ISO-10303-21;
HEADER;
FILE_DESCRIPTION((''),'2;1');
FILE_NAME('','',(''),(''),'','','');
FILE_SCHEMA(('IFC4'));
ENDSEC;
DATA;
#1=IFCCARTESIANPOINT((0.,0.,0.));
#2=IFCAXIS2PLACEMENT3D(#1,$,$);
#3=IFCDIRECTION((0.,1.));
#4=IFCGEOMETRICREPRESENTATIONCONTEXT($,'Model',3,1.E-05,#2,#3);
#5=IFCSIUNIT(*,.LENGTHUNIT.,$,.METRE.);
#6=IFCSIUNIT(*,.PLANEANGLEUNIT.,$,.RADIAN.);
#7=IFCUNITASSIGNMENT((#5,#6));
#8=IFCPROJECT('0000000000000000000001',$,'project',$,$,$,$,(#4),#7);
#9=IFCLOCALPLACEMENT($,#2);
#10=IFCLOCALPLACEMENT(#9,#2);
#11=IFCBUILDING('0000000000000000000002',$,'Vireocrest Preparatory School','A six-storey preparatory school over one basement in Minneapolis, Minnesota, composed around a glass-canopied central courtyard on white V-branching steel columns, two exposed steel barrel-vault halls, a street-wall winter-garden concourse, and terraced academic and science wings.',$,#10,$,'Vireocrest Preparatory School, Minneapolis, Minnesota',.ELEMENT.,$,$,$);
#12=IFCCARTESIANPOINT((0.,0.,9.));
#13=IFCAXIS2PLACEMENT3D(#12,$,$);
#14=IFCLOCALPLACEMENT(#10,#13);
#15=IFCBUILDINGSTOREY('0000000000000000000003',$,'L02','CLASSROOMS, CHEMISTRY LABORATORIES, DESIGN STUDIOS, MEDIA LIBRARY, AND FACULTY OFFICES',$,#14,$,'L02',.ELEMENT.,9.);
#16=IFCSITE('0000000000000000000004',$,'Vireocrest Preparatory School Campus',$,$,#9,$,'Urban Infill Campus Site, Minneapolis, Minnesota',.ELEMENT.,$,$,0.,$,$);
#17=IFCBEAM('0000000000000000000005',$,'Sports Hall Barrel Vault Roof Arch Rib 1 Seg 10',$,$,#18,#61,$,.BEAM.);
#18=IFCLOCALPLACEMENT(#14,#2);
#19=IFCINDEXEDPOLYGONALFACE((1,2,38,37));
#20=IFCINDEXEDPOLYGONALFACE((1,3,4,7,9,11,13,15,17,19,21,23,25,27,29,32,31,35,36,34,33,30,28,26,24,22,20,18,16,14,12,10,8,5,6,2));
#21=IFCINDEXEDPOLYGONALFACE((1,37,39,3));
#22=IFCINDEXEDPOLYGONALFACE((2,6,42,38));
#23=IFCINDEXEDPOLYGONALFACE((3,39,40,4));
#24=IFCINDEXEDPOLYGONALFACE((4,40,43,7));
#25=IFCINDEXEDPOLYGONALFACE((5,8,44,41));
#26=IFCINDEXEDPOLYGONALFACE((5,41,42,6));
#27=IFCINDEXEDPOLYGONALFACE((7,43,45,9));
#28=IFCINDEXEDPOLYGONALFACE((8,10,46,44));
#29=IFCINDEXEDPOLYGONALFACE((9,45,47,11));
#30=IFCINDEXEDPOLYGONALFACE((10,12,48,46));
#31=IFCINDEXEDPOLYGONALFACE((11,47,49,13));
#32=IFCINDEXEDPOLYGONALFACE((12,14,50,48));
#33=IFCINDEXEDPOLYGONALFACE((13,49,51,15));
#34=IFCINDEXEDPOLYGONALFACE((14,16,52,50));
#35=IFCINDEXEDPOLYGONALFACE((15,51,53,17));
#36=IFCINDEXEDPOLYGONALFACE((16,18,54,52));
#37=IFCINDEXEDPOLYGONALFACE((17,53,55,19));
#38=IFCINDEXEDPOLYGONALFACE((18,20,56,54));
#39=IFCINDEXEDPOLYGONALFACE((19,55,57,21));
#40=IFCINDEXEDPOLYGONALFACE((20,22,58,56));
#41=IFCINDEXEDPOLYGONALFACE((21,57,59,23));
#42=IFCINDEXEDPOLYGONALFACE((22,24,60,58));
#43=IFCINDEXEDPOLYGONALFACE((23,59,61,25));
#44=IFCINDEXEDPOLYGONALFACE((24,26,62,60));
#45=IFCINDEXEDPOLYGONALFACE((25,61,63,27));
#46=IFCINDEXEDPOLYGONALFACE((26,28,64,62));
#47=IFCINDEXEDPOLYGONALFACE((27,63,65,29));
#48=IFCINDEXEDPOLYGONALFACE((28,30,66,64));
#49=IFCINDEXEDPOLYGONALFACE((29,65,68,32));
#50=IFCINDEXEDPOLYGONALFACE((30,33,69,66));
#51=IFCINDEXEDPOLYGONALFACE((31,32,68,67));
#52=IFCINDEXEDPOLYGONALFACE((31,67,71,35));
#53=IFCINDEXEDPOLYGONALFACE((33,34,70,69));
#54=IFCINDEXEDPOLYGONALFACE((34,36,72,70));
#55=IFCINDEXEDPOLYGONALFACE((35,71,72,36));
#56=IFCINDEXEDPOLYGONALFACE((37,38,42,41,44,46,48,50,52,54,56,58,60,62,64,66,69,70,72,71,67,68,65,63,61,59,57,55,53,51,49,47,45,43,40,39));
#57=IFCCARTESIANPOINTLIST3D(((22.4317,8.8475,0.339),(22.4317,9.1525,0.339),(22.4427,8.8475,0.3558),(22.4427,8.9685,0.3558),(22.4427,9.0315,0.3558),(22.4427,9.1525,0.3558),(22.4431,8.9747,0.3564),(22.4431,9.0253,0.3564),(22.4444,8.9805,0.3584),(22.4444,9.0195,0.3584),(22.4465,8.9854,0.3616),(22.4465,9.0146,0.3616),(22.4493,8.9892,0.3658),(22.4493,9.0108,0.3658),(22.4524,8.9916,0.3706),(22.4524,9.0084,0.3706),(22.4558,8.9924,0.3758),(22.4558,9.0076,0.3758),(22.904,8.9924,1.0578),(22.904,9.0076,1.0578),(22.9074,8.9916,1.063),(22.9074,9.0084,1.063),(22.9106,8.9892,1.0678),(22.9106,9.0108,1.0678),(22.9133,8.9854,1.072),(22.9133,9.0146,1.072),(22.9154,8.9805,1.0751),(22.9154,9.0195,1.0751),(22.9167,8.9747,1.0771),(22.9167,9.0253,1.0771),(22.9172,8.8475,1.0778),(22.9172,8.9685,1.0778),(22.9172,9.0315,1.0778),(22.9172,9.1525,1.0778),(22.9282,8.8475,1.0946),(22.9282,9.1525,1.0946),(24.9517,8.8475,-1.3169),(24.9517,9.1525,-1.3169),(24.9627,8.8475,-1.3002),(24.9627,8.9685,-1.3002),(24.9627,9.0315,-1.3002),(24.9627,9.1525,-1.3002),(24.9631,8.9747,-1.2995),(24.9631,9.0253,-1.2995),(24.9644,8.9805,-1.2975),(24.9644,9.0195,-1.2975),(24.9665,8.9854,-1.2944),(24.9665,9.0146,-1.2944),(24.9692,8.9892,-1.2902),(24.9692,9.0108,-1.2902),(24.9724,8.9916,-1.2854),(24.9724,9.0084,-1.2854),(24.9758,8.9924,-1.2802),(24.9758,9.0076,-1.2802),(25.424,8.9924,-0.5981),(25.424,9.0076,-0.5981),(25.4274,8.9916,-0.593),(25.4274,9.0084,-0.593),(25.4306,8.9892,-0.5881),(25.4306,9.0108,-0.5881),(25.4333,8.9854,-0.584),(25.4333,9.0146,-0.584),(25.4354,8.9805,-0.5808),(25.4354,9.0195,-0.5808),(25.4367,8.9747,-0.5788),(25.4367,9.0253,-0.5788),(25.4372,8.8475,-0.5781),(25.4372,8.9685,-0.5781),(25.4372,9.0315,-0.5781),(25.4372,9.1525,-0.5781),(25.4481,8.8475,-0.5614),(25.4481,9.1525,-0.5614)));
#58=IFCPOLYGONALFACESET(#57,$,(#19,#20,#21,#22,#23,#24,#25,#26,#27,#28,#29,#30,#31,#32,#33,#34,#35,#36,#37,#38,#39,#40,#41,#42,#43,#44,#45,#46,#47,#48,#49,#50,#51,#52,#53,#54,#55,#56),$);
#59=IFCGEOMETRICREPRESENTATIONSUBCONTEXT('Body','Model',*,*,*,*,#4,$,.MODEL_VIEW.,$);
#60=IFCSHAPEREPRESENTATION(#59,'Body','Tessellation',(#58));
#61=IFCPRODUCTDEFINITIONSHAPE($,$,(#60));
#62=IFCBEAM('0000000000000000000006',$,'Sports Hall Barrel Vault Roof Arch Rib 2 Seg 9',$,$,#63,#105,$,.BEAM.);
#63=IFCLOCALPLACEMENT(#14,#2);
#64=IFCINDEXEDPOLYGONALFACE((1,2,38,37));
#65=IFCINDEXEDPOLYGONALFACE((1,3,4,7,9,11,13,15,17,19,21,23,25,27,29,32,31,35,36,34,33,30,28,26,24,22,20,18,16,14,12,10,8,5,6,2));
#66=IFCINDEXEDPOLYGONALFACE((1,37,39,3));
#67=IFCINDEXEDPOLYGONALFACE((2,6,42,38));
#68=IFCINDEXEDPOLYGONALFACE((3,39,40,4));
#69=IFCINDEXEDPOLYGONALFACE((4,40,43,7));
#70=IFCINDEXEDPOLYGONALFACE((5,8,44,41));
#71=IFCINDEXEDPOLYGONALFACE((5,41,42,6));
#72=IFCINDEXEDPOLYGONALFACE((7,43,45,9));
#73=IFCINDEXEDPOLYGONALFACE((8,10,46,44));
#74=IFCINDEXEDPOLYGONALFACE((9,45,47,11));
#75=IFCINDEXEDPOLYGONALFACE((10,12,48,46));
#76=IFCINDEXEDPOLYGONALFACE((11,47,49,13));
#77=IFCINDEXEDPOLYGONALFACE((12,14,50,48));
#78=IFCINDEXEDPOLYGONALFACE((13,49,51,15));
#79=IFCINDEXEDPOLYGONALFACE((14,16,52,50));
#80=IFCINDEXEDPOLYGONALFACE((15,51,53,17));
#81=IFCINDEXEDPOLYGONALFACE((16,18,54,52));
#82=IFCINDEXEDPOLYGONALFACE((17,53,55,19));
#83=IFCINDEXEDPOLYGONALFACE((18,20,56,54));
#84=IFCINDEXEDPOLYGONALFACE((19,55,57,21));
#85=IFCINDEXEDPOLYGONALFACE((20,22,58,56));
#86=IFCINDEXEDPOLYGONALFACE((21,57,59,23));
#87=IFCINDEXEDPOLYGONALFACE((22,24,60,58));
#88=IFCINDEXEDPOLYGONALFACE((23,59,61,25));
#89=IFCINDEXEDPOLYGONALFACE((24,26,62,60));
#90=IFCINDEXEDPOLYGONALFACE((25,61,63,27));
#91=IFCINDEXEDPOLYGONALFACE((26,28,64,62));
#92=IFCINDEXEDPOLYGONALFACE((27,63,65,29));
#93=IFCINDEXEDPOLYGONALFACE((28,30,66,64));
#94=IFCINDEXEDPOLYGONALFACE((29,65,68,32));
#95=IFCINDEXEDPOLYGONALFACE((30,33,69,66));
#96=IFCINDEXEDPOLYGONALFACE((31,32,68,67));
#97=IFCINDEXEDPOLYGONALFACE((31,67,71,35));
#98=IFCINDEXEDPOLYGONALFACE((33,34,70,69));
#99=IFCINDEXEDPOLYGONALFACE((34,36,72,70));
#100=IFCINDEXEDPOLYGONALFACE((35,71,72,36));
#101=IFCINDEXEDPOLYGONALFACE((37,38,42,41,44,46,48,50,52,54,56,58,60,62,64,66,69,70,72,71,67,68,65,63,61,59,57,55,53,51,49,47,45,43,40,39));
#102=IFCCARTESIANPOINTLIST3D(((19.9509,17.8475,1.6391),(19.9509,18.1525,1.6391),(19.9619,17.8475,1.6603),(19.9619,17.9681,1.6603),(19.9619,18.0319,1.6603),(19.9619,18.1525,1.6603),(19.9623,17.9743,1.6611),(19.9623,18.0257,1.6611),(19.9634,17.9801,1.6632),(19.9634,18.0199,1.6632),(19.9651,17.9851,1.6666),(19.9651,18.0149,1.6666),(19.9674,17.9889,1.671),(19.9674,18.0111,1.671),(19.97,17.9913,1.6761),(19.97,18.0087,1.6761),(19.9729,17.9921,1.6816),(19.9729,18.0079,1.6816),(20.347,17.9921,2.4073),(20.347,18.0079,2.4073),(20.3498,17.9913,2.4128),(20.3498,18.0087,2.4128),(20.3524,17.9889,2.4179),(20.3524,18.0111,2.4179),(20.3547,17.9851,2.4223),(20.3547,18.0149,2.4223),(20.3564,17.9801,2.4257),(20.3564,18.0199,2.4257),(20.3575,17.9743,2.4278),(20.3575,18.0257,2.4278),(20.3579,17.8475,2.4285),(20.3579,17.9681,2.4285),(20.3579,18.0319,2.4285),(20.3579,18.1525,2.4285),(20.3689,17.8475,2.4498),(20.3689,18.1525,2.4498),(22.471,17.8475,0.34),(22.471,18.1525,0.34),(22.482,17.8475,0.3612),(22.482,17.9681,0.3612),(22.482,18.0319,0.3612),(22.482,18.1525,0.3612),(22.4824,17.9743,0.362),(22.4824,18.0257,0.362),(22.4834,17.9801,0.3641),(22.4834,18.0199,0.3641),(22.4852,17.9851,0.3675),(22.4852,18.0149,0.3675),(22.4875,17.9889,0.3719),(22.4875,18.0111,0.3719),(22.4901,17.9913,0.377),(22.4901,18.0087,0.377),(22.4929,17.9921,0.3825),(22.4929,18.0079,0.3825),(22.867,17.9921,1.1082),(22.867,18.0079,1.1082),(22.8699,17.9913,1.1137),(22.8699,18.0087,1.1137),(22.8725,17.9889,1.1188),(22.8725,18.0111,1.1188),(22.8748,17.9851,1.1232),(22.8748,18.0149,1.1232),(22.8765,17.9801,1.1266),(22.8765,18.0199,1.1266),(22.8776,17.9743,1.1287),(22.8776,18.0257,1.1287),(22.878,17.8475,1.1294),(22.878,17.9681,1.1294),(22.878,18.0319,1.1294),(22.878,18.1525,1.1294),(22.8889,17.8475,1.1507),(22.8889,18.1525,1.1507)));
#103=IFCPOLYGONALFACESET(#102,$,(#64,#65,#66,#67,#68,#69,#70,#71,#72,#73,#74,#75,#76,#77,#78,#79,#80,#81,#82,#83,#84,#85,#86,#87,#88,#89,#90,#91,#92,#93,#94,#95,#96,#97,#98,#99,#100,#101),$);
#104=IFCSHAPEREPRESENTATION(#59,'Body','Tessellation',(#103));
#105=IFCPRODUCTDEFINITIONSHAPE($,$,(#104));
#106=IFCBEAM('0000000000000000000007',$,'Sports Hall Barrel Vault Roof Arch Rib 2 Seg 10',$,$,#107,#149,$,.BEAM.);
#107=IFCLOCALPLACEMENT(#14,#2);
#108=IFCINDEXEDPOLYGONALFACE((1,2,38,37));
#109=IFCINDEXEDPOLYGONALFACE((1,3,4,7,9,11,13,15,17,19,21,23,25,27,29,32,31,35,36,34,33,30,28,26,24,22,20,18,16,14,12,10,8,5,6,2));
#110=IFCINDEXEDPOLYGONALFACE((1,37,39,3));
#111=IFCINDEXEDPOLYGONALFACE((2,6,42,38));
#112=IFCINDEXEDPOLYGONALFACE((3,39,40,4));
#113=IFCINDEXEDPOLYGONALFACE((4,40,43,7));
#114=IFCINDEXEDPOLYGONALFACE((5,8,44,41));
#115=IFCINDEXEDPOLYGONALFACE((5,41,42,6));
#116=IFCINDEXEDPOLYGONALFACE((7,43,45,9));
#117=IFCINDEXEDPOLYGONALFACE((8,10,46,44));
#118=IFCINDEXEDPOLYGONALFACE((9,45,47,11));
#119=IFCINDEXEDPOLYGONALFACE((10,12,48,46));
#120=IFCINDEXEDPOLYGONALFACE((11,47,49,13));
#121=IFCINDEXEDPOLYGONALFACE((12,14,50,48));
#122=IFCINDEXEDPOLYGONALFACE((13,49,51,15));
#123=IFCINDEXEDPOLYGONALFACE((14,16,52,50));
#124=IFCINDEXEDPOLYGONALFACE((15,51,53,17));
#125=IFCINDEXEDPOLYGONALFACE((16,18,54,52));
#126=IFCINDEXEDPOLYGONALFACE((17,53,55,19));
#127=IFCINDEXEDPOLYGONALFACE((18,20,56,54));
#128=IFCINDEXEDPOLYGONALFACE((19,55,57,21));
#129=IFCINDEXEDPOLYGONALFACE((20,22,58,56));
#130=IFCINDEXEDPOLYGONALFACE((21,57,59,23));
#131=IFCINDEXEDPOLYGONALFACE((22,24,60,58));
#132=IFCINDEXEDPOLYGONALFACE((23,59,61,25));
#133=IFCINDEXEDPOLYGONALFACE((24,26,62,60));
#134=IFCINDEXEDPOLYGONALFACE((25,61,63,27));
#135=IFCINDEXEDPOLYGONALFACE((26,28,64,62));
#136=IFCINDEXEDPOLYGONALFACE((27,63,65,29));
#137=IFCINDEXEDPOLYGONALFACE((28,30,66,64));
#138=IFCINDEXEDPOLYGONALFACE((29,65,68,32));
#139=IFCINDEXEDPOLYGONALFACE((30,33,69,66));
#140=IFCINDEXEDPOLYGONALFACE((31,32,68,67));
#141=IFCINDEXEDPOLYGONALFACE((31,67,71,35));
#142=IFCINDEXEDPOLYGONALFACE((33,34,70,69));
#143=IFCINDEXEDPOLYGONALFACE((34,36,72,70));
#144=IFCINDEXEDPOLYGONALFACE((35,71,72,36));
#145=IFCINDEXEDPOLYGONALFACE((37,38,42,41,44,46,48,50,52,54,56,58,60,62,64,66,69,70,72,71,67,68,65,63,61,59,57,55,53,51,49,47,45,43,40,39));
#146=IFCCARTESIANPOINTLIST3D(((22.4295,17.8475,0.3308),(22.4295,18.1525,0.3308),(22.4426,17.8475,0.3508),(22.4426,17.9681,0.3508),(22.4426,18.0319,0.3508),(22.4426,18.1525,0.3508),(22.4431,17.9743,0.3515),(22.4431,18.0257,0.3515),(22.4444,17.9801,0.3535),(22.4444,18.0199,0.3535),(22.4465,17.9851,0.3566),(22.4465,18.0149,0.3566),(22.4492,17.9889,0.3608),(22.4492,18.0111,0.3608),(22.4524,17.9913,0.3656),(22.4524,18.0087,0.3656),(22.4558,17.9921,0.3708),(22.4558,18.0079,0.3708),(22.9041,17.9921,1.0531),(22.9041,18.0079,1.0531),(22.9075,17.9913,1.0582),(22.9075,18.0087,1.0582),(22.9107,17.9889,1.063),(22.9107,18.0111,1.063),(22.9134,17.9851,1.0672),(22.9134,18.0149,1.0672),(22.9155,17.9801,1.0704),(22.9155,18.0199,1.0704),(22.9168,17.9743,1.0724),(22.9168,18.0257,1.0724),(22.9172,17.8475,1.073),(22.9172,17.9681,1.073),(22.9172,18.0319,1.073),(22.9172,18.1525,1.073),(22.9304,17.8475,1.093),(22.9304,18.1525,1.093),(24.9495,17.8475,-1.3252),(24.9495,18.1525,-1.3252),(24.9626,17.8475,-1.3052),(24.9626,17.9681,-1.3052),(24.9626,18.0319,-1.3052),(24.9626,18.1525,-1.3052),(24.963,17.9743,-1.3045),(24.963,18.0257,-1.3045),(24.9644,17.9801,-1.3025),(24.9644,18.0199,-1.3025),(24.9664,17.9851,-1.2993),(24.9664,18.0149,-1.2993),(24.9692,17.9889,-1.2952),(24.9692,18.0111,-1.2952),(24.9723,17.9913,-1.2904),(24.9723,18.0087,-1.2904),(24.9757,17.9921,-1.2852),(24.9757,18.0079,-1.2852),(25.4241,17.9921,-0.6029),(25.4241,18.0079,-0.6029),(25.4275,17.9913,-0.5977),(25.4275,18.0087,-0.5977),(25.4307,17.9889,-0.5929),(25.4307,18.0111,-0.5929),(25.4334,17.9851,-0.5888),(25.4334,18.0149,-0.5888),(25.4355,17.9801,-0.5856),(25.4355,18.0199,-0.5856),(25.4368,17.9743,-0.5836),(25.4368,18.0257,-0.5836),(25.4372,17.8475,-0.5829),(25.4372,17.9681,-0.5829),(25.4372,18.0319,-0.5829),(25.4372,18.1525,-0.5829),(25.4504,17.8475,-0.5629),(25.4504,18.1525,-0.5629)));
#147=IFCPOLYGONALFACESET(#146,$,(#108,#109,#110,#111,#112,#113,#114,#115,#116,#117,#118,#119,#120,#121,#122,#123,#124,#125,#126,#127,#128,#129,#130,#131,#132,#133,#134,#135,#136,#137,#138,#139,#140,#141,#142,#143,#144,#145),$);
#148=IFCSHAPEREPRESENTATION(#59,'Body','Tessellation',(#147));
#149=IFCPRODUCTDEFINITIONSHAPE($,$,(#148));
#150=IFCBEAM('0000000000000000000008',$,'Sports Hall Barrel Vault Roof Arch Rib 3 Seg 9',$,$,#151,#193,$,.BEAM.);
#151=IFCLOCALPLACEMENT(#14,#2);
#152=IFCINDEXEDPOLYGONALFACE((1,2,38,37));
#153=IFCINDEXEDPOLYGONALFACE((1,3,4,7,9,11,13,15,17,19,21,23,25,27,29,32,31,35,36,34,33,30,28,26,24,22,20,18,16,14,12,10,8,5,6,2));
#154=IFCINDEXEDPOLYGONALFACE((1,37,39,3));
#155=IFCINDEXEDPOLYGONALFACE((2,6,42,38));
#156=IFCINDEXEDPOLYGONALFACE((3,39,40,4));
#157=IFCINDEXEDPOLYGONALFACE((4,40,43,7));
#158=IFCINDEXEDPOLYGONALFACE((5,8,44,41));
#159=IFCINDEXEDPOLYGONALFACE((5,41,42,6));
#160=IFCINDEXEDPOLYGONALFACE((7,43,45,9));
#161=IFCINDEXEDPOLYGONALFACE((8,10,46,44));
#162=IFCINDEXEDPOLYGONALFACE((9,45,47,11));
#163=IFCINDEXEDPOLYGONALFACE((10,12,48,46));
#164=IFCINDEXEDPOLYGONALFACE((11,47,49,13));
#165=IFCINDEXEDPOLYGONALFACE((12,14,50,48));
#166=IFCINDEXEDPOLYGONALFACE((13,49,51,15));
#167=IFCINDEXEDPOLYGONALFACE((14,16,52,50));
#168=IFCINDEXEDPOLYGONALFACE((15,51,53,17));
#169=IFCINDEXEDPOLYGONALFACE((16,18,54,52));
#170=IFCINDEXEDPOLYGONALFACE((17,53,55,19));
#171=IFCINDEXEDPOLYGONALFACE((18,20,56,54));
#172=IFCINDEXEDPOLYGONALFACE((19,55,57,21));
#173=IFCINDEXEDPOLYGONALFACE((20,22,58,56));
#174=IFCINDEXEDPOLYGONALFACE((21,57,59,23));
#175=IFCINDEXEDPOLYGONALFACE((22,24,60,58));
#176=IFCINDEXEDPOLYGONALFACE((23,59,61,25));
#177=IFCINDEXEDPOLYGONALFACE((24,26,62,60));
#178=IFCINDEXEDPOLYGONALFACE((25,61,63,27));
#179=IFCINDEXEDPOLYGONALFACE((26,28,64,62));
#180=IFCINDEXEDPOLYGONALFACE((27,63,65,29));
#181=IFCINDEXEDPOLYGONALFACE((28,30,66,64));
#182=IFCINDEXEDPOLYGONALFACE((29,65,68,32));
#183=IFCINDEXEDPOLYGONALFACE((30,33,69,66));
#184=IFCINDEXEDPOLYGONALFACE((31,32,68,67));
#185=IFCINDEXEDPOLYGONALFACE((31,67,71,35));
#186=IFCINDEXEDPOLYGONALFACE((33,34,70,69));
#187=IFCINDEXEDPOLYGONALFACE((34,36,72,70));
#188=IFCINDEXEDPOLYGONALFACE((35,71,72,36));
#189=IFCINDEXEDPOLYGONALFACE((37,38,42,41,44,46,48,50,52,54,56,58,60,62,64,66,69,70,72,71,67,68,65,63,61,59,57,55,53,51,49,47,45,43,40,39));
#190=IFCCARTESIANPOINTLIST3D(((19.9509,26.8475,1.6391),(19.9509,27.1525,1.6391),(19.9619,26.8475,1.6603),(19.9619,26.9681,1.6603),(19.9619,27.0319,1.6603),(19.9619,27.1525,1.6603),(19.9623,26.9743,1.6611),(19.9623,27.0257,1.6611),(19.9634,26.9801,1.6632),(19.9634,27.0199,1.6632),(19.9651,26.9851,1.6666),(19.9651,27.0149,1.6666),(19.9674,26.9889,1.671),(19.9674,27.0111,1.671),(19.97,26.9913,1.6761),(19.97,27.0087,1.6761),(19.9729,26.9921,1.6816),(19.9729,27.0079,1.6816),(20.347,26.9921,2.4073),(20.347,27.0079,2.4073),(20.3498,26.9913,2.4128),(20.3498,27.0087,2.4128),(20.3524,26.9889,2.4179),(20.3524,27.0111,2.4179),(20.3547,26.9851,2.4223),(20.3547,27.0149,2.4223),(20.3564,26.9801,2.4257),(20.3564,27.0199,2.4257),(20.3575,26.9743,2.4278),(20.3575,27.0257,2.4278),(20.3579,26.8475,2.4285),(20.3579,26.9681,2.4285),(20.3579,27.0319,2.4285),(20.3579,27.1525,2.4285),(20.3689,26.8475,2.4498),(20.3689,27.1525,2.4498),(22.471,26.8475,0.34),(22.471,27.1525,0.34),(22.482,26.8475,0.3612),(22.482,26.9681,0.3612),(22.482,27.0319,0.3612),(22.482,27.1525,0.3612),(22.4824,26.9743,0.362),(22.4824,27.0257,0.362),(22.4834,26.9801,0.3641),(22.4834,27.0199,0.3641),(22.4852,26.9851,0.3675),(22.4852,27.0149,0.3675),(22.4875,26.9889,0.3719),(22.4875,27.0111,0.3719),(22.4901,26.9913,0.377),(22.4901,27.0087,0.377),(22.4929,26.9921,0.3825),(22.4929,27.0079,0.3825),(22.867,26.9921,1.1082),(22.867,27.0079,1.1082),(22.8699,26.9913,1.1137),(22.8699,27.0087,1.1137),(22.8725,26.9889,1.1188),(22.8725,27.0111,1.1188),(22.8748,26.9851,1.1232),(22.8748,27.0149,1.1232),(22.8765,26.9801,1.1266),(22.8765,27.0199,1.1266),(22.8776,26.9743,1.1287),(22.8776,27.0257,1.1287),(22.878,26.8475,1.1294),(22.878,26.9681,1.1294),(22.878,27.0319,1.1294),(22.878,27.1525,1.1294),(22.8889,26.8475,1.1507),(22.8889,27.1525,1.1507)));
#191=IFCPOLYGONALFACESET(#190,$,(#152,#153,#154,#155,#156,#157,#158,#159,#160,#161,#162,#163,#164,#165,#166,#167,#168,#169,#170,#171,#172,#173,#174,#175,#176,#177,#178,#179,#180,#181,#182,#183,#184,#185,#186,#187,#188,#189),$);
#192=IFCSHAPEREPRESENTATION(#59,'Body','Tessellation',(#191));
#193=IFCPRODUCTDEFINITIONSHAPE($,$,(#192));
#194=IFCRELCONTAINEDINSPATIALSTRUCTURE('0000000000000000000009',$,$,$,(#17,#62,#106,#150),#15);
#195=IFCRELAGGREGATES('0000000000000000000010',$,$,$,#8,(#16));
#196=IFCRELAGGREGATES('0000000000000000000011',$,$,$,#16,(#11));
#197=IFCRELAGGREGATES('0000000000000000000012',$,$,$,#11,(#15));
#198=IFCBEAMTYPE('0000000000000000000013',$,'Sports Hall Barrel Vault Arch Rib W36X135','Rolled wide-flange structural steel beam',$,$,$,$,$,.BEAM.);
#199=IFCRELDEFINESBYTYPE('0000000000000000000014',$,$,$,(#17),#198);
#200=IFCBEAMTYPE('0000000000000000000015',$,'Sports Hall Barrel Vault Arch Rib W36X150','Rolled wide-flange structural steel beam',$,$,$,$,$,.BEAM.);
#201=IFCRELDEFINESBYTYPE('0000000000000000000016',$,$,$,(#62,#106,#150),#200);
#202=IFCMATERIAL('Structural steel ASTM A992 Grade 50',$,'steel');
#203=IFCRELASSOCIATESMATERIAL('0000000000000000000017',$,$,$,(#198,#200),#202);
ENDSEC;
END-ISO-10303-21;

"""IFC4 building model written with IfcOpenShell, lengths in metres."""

from ifc_helpers import new_model, si_unit, direction, frame, origin, origin_2d, place, context, subcontext, project, spatial, i_section, extrude, material, material_profile, profile_set, type_object, element, save


model = new_model("IFC4")

# Units and contexts
model_context = context("Model", 3, precision=1e-05, world=origin(), true_north=direction((0.0, 1.0)))
body_context = subcontext(model_context, "Body", "Model", "MODEL_VIEW")
ifc_project = project(units=[si_unit("LENGTHUNIT", "METRE"), si_unit("PLANEANGLEUNIT", "RADIAN")], contexts=[model_context])

# Site, building, storey
site_placement = place(None, origin())
site = spatial("IfcSite", under=ifc_project, at=site_placement, Name="Vireocrest Preparatory School Campus", LongName="Urban Infill Campus Site, Minneapolis, Minnesota", CompositionType="ELEMENT", RefElevation=0.0)
building_placement = place(site_placement, origin())
building = spatial("IfcBuilding", under=site, at=building_placement, Name="Vireocrest Preparatory School", Description="A six-storey preparatory school over one basement in Minneapolis, Minnesota, composed around a glass-canopied central courtyard on white V-branching steel columns, two exposed steel barrel-vault halls, a street-wall winter-garden concourse, and terraced academic and science wings.", LongName="Vireocrest Preparatory School, Minneapolis, Minnesota", CompositionType="ELEMENT")
storey_placement = place(building_placement, frame((0.0, 0.0, 9.0)))
storey = spatial("IfcBuildingStorey", under=building, at=storey_placement, Name="L02", Description="CLASSROOMS, CHEMISTRY LABORATORIES, DESIGN STUDIOS, MEDIA LIBRARY, AND FACULTY OFFICES", LongName="L02", CompositionType="ELEMENT", Elevation=9.0)

# Beams
ifc_material_1 = material(Name="Structural steel ASTM A992 Grade 50", Category="steel")
ifc_material_profile_1 = material_profile(ifc_material_1, i_section(OverallWidth=0.3049, OverallDepth=0.9041, WebThickness=0.0151, FlangeThickness=0.02, FilletRadius=0.0239, at=origin_2d()), Name="W36X135")
ifc_profile_set_1 = profile_set([ifc_material_profile_1], Name="Structural steel ASTM A992 Grade 50")
beam_type_1 = type_object("IfcBeamType", Name="Sports Hall Barrel Vault Arch Rib W36X135", Description="Rolled wide-flange structural steel beam", PredefinedType="BEAM", material=ifc_profile_set_1)
beam_1_placement = place(storey_placement, frame((22.6799, 9.0, 0.7168), z_axis=(0.835707, 0.0, -0.549176), x_axis=(0.0, 1.0, 0.0)))
element("IfcBeam", 1, at=beam_1_placement, inside=storey, type_object=beam_type_1, Name="Sports Hall Barrel Vault Roof Arch Rib 1 Seg 10", PredefinedType="BEAM", context=body_context, shape_type="SweptSolid", body=[
    extrude(i_section(OverallWidth=0.3049, OverallDepth=0.9041, WebThickness=0.0151, FlangeThickness=0.02, FilletRadius=0.0239, at=origin_2d()), origin(), (0.0, 0.0, 1.0), 3.0154),
])
ifc_material_profile_2 = material_profile(ifc_material_1, i_section(OverallWidth=0.3049, OverallDepth=0.9121, WebThickness=0.0159, FlangeThickness=0.0239, FilletRadius=0.0239, at=origin_2d()), Name="W36X150")
ifc_profile_set_2 = profile_set([ifc_material_profile_2], Name="Structural steel ASTM A992 Grade 50")
beam_type_2 = type_object("IfcBeamType", Name="Sports Hall Barrel Vault Arch Rib W36X150", Description="Rolled wide-flange structural steel beam", PredefinedType="BEAM", material=ifc_profile_set_2)
beam_2_placement = place(storey_placement, frame((20.1599, 18.0, 2.0444), z_axis=(0.888848, 0.0, -0.458202), x_axis=(0.0, 1.0, 0.0)))
element("IfcBeam", 2, at=beam_2_placement, inside=storey, type_object=beam_type_2, Name="Sports Hall Barrel Vault Roof Arch Rib 2 Seg 9", PredefinedType="BEAM", context=body_context, shape_type="SweptSolid", body=[
    extrude(i_section(OverallWidth=0.3049, OverallDepth=0.9121, WebThickness=0.0159, FlangeThickness=0.0239, FilletRadius=0.0239, at=origin_2d()), origin(), (0.0, 0.0, 1.0), 2.8352),
])
beam_3_placement = place(storey_placement, frame((22.6799, 18.0, 0.7119), z_axis=(0.835707, 0.0, -0.549176), x_axis=(0.0, 1.0, 0.0)))
element("IfcBeam", 3, at=beam_3_placement, inside=storey, type_object=beam_type_2, Name="Sports Hall Barrel Vault Roof Arch Rib 2 Seg 10", PredefinedType="BEAM", context=body_context, shape_type="SweptSolid", body=[
    extrude(i_section(OverallWidth=0.3049, OverallDepth=0.9121, WebThickness=0.0159, FlangeThickness=0.0239, FilletRadius=0.0239, at=origin_2d()), origin(), (0.0, 0.0, 1.0), 3.0154),
])
beam_4_placement = place(storey_placement, frame((20.1599, 27.0, 2.0444), z_axis=(0.888848, 0.0, -0.458202), x_axis=(0.0, 1.0, 0.0)))
element("IfcBeam", 4, at=beam_4_placement, inside=storey, type_object=beam_type_2, Name="Sports Hall Barrel Vault Roof Arch Rib 3 Seg 9", PredefinedType="BEAM", context=body_context, shape_type="SweptSolid", body=[
    extrude(i_section(OverallWidth=0.3049, OverallDepth=0.9121, WebThickness=0.0159, FlangeThickness=0.0239, FilletRadius=0.0239, at=origin_2d()), origin(), (0.0, 0.0, 1.0), 2.8352),
])

save(model, "model.ifc")
